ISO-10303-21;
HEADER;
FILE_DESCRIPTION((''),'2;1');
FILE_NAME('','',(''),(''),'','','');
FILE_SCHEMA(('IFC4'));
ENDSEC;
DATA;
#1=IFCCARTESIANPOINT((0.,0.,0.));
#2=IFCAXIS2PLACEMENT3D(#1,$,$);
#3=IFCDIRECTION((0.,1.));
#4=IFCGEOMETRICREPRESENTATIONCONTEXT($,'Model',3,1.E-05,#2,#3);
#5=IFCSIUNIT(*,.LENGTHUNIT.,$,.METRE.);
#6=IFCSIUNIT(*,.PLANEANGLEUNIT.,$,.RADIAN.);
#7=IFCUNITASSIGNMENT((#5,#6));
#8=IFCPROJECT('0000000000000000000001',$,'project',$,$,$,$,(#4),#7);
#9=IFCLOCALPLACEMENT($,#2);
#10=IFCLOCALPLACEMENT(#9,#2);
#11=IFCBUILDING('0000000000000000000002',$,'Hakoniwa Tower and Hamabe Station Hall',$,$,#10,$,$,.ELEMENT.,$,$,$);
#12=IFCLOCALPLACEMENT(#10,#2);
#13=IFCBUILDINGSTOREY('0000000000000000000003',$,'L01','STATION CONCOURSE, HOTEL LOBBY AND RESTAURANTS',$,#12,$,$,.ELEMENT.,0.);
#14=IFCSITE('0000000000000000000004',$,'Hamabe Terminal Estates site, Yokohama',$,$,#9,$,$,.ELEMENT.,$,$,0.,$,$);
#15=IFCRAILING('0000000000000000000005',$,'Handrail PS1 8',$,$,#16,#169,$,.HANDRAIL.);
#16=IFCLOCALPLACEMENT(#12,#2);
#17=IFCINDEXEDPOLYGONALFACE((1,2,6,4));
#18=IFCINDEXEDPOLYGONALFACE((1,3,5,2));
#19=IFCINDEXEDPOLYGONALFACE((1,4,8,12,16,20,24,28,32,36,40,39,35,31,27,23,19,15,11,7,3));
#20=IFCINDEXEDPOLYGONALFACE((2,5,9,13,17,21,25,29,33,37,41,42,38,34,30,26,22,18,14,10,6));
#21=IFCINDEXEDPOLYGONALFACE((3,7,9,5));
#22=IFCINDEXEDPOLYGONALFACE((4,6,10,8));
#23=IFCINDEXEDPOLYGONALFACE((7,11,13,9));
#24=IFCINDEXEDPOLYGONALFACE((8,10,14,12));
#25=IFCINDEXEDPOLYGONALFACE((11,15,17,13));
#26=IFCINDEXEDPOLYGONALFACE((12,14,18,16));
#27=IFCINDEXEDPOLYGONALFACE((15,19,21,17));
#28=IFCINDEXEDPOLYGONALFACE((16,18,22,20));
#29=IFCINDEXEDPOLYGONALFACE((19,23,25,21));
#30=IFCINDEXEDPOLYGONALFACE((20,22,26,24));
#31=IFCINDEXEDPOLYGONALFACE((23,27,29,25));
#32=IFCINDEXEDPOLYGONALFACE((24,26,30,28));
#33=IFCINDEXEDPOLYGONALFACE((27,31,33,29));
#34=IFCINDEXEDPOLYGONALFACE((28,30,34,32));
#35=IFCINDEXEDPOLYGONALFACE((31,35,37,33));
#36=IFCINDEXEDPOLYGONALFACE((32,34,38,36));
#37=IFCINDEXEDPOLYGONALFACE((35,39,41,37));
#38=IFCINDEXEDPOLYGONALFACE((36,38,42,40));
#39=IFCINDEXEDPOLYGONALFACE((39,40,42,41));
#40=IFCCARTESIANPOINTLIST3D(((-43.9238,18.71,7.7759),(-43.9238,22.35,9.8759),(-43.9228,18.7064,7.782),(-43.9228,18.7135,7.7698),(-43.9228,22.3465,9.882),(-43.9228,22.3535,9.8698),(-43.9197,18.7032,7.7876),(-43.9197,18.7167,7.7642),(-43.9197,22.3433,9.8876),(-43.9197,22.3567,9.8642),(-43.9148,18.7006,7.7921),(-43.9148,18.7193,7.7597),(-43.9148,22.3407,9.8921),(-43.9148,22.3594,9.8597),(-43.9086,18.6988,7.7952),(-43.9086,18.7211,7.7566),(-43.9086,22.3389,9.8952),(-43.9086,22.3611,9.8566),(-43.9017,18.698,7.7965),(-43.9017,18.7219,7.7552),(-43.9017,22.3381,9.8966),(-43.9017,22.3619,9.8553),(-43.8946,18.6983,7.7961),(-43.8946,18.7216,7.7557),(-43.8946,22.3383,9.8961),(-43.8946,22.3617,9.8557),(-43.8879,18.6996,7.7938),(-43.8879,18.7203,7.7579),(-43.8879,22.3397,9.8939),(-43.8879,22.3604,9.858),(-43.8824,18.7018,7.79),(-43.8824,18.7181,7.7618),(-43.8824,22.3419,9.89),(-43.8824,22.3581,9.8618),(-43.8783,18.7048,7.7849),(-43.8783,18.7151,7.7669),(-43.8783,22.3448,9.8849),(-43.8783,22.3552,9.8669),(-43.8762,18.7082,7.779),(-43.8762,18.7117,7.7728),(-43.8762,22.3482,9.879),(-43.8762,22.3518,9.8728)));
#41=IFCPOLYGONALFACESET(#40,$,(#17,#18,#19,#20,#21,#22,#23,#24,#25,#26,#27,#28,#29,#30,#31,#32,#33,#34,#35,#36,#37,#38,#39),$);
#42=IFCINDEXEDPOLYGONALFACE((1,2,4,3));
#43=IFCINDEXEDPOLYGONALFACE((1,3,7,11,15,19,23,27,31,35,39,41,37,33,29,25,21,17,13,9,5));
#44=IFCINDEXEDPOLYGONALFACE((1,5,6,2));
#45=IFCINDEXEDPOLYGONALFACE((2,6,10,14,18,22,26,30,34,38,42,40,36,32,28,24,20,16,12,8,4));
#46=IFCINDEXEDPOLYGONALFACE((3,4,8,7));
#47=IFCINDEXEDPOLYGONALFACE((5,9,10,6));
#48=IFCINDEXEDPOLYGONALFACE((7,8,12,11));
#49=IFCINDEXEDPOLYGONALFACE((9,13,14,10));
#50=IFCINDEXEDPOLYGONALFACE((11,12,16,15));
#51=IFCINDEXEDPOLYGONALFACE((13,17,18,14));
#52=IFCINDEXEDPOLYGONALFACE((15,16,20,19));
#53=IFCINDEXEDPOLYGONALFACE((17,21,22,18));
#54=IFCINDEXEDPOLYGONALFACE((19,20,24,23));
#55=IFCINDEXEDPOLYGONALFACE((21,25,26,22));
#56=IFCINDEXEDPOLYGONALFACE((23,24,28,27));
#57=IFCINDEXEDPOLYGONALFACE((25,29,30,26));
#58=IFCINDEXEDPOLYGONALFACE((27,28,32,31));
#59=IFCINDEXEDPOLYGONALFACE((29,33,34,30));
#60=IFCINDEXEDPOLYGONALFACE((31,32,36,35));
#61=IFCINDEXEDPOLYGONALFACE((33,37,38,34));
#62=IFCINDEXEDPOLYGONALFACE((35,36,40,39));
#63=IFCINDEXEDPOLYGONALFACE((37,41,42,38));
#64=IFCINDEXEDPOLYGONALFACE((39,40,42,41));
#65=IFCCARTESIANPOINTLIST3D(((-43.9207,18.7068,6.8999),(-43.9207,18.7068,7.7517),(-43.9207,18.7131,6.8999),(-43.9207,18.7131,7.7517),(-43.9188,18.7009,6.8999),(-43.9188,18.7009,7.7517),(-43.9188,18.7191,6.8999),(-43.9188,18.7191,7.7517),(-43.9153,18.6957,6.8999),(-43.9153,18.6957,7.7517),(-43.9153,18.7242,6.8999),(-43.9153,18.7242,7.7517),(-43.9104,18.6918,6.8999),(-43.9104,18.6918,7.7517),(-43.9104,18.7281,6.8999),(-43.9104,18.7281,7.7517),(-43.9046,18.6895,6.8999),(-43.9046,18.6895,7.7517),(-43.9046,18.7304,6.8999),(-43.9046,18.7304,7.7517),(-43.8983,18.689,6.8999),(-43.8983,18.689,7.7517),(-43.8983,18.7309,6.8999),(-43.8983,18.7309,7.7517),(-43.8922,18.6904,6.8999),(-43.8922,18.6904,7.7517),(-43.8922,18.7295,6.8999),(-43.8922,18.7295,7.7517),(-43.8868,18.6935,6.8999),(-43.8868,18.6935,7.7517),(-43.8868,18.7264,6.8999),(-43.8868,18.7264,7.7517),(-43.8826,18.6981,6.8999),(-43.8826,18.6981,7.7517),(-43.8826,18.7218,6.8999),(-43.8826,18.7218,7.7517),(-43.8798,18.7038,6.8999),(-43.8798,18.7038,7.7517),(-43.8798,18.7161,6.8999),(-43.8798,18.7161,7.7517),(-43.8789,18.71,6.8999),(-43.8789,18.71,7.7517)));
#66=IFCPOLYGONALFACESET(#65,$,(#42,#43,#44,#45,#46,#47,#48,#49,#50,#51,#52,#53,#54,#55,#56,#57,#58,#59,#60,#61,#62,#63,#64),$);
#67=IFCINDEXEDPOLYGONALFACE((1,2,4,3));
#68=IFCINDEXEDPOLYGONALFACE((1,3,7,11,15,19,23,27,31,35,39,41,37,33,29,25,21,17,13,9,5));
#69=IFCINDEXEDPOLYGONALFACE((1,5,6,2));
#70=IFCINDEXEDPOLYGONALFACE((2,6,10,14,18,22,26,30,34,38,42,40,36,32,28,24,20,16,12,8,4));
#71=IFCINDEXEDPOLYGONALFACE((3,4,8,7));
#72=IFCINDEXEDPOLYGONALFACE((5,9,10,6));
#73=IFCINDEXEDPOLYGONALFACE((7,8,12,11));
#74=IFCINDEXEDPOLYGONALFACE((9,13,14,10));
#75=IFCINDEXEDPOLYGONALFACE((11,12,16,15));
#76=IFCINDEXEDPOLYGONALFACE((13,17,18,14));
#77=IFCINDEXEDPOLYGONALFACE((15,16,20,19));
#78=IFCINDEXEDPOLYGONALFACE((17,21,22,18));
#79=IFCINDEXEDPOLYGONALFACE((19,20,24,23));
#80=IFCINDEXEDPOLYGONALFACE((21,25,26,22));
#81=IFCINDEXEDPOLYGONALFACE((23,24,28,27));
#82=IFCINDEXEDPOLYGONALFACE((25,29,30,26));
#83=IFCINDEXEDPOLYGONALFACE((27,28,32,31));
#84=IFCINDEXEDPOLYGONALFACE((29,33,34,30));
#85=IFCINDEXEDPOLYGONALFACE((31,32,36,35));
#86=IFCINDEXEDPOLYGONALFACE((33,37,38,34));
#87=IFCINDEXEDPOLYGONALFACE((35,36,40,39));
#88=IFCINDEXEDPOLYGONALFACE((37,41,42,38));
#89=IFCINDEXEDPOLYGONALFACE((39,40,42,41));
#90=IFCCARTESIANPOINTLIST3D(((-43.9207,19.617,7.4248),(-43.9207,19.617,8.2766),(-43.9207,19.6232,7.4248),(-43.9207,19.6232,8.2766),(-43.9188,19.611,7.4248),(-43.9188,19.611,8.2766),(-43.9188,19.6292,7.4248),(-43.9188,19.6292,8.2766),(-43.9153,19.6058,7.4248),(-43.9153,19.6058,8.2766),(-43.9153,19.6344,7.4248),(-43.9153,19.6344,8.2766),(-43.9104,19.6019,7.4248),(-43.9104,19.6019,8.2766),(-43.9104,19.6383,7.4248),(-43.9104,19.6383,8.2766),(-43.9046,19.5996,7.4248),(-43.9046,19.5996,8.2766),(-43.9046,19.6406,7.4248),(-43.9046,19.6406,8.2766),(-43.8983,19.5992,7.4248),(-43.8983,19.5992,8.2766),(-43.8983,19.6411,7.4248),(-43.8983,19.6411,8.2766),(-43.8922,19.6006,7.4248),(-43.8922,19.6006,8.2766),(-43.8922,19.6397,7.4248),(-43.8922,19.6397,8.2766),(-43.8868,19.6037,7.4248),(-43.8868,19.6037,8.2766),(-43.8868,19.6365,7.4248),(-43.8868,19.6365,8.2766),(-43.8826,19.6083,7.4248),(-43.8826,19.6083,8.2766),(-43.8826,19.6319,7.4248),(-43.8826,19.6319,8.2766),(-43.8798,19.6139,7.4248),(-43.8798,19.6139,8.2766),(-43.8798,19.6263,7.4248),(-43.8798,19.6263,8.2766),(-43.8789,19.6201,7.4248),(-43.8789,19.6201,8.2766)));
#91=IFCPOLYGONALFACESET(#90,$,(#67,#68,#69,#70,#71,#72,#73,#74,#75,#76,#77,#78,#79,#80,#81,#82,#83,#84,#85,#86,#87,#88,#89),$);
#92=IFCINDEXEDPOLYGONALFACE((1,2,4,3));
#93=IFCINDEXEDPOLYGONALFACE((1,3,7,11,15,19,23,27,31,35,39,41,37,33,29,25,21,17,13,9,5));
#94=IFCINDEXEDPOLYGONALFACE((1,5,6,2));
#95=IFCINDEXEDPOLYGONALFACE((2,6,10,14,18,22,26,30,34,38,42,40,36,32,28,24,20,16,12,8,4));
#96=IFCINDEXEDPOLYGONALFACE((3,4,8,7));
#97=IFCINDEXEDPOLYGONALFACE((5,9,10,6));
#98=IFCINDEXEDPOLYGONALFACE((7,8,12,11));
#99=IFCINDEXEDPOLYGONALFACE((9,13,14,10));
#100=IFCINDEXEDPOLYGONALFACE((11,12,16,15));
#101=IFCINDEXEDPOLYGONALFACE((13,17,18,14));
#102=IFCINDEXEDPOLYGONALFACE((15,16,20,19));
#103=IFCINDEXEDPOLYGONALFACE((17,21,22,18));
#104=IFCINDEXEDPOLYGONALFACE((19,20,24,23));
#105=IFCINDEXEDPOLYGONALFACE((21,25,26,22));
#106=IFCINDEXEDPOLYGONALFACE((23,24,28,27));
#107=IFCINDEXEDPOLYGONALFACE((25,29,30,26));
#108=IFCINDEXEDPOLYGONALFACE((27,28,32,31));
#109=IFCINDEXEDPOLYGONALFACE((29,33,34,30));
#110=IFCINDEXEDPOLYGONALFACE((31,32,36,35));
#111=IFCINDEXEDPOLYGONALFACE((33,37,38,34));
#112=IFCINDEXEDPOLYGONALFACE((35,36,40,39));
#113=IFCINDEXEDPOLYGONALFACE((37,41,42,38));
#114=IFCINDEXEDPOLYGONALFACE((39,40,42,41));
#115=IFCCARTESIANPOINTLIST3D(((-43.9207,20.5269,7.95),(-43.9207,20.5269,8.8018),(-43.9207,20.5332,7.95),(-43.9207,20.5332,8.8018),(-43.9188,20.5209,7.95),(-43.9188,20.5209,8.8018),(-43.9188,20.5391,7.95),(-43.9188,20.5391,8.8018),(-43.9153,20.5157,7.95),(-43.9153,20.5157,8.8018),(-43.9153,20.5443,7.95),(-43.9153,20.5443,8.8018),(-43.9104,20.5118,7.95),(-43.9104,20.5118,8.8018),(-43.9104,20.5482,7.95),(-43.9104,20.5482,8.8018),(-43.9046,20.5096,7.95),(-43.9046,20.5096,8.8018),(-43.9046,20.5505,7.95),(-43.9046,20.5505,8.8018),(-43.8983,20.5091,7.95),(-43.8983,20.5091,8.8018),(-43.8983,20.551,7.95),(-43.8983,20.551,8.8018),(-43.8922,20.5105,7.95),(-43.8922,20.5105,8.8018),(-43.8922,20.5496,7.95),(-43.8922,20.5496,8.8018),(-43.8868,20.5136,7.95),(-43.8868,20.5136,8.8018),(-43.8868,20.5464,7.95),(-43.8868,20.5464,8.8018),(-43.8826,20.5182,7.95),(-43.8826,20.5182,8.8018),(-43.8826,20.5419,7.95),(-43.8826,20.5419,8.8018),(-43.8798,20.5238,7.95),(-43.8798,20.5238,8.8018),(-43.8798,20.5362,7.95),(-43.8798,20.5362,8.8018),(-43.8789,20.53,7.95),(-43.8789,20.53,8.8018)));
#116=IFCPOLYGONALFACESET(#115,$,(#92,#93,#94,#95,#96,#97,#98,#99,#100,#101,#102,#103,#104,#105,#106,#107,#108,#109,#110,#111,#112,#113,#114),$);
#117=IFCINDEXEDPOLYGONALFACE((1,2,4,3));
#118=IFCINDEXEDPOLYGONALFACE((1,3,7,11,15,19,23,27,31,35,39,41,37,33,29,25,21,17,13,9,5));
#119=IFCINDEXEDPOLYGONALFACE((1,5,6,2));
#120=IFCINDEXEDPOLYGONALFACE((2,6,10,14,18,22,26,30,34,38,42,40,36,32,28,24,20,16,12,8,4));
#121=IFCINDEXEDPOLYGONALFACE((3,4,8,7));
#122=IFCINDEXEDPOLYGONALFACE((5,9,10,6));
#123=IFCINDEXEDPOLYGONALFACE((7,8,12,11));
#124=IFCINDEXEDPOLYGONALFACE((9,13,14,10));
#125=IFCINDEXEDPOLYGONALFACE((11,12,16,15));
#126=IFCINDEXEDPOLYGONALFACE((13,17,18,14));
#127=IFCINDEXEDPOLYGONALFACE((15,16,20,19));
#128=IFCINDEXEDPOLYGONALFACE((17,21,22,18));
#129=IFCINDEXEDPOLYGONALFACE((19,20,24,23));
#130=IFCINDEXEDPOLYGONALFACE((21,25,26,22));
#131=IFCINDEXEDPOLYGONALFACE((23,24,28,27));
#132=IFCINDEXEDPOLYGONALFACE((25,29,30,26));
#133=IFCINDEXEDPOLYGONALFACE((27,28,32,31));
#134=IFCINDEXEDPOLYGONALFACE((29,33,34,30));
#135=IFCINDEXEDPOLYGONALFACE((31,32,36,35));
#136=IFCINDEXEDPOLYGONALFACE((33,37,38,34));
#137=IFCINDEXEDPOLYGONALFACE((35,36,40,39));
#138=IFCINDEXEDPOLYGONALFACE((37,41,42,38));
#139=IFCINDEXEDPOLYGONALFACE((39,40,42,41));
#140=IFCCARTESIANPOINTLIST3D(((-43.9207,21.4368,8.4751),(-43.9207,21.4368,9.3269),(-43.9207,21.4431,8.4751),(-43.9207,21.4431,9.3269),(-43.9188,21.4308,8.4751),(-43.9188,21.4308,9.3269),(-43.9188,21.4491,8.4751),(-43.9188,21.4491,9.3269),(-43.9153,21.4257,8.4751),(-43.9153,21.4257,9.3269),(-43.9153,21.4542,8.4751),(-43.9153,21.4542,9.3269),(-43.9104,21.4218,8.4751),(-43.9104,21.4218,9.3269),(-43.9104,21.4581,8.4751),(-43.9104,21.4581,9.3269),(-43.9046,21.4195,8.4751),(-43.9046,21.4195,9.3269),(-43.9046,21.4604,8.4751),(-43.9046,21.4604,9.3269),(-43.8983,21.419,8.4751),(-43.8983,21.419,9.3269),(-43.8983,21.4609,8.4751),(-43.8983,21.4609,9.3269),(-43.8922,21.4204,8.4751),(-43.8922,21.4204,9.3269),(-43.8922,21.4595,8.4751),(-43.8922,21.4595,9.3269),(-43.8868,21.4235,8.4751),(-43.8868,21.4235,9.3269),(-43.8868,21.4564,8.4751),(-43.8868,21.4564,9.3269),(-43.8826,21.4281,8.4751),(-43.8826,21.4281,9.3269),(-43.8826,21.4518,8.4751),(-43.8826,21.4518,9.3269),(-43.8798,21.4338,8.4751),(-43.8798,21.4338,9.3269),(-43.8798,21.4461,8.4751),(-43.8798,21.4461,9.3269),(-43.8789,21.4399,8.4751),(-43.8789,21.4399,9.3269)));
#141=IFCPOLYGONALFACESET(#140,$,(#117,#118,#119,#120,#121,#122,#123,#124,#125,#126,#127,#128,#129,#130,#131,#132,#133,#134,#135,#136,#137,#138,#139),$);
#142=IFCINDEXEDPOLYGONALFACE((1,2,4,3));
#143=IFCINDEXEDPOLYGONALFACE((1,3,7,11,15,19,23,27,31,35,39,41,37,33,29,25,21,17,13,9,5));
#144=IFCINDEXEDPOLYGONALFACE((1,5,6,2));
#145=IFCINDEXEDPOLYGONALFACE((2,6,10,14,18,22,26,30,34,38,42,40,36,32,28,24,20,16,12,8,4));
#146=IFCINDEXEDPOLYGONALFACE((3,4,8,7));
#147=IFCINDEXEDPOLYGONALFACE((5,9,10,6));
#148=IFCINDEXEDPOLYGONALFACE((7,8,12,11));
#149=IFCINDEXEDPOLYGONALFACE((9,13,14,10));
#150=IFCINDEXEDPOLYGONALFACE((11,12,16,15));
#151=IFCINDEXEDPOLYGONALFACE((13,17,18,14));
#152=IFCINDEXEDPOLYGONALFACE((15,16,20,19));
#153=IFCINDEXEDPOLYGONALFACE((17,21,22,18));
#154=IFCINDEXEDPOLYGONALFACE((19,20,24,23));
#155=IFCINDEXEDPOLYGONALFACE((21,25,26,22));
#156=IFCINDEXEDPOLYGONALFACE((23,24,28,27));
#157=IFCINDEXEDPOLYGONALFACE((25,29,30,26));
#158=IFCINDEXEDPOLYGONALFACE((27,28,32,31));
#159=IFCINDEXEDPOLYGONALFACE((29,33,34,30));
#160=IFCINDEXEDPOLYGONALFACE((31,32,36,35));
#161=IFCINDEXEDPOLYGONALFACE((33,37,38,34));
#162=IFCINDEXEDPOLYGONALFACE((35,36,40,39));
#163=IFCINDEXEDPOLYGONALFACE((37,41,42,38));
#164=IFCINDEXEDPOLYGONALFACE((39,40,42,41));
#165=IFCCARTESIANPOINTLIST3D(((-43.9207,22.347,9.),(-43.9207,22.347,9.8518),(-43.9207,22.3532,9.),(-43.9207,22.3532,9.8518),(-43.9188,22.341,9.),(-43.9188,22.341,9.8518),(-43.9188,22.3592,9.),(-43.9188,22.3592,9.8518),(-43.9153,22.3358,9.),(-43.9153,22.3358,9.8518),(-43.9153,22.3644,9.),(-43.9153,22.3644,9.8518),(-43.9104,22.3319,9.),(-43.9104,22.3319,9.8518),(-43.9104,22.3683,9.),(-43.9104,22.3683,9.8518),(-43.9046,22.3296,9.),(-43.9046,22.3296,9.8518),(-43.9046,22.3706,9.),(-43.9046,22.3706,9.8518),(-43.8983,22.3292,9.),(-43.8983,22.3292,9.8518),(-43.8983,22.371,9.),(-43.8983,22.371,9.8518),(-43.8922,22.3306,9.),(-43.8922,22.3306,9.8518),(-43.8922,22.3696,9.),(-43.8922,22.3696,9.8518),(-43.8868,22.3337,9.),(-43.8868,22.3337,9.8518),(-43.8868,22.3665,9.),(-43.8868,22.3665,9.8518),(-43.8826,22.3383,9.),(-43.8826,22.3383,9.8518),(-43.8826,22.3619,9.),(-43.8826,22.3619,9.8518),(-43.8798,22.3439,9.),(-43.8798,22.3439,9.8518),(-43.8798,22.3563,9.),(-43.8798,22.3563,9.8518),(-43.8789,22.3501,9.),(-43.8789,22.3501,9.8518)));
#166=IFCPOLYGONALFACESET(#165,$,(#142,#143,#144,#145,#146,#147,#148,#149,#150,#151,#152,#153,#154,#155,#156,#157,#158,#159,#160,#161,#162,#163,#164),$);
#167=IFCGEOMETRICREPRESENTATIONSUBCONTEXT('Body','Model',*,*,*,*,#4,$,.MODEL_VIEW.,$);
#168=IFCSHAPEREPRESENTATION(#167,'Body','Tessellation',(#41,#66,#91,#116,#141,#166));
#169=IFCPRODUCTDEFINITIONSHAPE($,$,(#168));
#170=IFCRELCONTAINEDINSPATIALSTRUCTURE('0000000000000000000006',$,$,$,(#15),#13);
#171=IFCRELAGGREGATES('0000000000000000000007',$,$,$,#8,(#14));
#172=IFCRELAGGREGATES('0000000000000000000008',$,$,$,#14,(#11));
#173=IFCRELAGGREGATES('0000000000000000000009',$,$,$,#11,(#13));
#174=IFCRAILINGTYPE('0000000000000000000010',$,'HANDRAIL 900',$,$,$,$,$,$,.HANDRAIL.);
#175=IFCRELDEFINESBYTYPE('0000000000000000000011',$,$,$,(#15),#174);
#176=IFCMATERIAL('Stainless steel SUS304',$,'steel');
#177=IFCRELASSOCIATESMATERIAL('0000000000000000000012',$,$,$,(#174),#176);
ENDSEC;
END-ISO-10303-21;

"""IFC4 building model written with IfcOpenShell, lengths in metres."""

from ifc_helpers import new_model, si_unit, direction, frame, origin, origin_2d, place, context, subcontext, project, spatial, circle, extrude, material, type_object, element, save


model = new_model("IFC4")

# Units and contexts
model_context = context("Model", 3, precision=1e-05, world=origin(), true_north=direction((0.0, 1.0)))
body_context = subcontext(model_context, "Body", "Model", "MODEL_VIEW")
ifc_project = project(units=[si_unit("LENGTHUNIT", "METRE"), si_unit("PLANEANGLEUNIT", "RADIAN")], contexts=[model_context])

# Site, building, storey
site_placement = place(None, origin())
site = spatial("IfcSite", under=ifc_project, at=site_placement, Name="Hamabe Terminal Estates site, Yokohama", CompositionType="ELEMENT", RefElevation=0.0)
building_placement = place(site_placement, origin())
building = spatial("IfcBuilding", under=site, at=building_placement, Name="Hakoniwa Tower and Hamabe Station Hall", CompositionType="ELEMENT")
storey_placement = place(building_placement, origin())
storey = spatial("IfcBuildingStorey", under=building, at=storey_placement, Name="L01", Description="STATION CONCOURSE, HOTEL LOBBY AND RESTAURANTS", CompositionType="ELEMENT", Elevation=0.0)

# Railing
ifc_material_1 = material(Name="Stainless steel SUS304", Category="steel")
railing_type_1 = type_object("IfcRailingType", Name="HANDRAIL 900", PredefinedType="HANDRAIL", material=ifc_material_1)
railing_1_placement = place(storey_placement, frame((-43.8999, 18.71, 6.8999)))
element("IfcRailing", 1, at=railing_1_placement, inside=storey, type_object=railing_type_1, Name="Handrail PS1 8", PredefinedType="HANDRAIL", context=body_context, shape_type="SweptSolid", body=[
    extrude(circle(Radius=0.0239, at=origin_2d()), frame((0.0, 0.0, 0.876), z_axis=(0.0, 0.866184, 0.499726), x_axis=(-1.0, 0.0, 0.0)), (0.0, 0.0, 1.0), 4.2024),
    extrude(circle(Radius=0.021, at=origin_2d()), origin(), (0.0, 0.0, 1.0), 0.8518),
    extrude(circle(Radius=0.021, at=origin_2d()), frame((0.0, 0.9102, 0.5249)), (0.0, 0.0, 1.0), 0.8518),
    extrude(circle(Radius=0.021, at=origin_2d()), frame((0.0, 1.8201, 1.05)), (0.0, 0.0, 1.0), 0.8518),
    extrude(circle(Radius=0.021, at=origin_2d()), frame((0.0, 2.73, 1.5752)), (0.0, 0.0, 1.0), 0.8518),
    extrude(circle(Radius=0.021, at=origin_2d()), frame((0.0, 3.6401, 2.1001)), (0.0, 0.0, 1.0), 0.8518),
])

save(model, "model.ifc")
